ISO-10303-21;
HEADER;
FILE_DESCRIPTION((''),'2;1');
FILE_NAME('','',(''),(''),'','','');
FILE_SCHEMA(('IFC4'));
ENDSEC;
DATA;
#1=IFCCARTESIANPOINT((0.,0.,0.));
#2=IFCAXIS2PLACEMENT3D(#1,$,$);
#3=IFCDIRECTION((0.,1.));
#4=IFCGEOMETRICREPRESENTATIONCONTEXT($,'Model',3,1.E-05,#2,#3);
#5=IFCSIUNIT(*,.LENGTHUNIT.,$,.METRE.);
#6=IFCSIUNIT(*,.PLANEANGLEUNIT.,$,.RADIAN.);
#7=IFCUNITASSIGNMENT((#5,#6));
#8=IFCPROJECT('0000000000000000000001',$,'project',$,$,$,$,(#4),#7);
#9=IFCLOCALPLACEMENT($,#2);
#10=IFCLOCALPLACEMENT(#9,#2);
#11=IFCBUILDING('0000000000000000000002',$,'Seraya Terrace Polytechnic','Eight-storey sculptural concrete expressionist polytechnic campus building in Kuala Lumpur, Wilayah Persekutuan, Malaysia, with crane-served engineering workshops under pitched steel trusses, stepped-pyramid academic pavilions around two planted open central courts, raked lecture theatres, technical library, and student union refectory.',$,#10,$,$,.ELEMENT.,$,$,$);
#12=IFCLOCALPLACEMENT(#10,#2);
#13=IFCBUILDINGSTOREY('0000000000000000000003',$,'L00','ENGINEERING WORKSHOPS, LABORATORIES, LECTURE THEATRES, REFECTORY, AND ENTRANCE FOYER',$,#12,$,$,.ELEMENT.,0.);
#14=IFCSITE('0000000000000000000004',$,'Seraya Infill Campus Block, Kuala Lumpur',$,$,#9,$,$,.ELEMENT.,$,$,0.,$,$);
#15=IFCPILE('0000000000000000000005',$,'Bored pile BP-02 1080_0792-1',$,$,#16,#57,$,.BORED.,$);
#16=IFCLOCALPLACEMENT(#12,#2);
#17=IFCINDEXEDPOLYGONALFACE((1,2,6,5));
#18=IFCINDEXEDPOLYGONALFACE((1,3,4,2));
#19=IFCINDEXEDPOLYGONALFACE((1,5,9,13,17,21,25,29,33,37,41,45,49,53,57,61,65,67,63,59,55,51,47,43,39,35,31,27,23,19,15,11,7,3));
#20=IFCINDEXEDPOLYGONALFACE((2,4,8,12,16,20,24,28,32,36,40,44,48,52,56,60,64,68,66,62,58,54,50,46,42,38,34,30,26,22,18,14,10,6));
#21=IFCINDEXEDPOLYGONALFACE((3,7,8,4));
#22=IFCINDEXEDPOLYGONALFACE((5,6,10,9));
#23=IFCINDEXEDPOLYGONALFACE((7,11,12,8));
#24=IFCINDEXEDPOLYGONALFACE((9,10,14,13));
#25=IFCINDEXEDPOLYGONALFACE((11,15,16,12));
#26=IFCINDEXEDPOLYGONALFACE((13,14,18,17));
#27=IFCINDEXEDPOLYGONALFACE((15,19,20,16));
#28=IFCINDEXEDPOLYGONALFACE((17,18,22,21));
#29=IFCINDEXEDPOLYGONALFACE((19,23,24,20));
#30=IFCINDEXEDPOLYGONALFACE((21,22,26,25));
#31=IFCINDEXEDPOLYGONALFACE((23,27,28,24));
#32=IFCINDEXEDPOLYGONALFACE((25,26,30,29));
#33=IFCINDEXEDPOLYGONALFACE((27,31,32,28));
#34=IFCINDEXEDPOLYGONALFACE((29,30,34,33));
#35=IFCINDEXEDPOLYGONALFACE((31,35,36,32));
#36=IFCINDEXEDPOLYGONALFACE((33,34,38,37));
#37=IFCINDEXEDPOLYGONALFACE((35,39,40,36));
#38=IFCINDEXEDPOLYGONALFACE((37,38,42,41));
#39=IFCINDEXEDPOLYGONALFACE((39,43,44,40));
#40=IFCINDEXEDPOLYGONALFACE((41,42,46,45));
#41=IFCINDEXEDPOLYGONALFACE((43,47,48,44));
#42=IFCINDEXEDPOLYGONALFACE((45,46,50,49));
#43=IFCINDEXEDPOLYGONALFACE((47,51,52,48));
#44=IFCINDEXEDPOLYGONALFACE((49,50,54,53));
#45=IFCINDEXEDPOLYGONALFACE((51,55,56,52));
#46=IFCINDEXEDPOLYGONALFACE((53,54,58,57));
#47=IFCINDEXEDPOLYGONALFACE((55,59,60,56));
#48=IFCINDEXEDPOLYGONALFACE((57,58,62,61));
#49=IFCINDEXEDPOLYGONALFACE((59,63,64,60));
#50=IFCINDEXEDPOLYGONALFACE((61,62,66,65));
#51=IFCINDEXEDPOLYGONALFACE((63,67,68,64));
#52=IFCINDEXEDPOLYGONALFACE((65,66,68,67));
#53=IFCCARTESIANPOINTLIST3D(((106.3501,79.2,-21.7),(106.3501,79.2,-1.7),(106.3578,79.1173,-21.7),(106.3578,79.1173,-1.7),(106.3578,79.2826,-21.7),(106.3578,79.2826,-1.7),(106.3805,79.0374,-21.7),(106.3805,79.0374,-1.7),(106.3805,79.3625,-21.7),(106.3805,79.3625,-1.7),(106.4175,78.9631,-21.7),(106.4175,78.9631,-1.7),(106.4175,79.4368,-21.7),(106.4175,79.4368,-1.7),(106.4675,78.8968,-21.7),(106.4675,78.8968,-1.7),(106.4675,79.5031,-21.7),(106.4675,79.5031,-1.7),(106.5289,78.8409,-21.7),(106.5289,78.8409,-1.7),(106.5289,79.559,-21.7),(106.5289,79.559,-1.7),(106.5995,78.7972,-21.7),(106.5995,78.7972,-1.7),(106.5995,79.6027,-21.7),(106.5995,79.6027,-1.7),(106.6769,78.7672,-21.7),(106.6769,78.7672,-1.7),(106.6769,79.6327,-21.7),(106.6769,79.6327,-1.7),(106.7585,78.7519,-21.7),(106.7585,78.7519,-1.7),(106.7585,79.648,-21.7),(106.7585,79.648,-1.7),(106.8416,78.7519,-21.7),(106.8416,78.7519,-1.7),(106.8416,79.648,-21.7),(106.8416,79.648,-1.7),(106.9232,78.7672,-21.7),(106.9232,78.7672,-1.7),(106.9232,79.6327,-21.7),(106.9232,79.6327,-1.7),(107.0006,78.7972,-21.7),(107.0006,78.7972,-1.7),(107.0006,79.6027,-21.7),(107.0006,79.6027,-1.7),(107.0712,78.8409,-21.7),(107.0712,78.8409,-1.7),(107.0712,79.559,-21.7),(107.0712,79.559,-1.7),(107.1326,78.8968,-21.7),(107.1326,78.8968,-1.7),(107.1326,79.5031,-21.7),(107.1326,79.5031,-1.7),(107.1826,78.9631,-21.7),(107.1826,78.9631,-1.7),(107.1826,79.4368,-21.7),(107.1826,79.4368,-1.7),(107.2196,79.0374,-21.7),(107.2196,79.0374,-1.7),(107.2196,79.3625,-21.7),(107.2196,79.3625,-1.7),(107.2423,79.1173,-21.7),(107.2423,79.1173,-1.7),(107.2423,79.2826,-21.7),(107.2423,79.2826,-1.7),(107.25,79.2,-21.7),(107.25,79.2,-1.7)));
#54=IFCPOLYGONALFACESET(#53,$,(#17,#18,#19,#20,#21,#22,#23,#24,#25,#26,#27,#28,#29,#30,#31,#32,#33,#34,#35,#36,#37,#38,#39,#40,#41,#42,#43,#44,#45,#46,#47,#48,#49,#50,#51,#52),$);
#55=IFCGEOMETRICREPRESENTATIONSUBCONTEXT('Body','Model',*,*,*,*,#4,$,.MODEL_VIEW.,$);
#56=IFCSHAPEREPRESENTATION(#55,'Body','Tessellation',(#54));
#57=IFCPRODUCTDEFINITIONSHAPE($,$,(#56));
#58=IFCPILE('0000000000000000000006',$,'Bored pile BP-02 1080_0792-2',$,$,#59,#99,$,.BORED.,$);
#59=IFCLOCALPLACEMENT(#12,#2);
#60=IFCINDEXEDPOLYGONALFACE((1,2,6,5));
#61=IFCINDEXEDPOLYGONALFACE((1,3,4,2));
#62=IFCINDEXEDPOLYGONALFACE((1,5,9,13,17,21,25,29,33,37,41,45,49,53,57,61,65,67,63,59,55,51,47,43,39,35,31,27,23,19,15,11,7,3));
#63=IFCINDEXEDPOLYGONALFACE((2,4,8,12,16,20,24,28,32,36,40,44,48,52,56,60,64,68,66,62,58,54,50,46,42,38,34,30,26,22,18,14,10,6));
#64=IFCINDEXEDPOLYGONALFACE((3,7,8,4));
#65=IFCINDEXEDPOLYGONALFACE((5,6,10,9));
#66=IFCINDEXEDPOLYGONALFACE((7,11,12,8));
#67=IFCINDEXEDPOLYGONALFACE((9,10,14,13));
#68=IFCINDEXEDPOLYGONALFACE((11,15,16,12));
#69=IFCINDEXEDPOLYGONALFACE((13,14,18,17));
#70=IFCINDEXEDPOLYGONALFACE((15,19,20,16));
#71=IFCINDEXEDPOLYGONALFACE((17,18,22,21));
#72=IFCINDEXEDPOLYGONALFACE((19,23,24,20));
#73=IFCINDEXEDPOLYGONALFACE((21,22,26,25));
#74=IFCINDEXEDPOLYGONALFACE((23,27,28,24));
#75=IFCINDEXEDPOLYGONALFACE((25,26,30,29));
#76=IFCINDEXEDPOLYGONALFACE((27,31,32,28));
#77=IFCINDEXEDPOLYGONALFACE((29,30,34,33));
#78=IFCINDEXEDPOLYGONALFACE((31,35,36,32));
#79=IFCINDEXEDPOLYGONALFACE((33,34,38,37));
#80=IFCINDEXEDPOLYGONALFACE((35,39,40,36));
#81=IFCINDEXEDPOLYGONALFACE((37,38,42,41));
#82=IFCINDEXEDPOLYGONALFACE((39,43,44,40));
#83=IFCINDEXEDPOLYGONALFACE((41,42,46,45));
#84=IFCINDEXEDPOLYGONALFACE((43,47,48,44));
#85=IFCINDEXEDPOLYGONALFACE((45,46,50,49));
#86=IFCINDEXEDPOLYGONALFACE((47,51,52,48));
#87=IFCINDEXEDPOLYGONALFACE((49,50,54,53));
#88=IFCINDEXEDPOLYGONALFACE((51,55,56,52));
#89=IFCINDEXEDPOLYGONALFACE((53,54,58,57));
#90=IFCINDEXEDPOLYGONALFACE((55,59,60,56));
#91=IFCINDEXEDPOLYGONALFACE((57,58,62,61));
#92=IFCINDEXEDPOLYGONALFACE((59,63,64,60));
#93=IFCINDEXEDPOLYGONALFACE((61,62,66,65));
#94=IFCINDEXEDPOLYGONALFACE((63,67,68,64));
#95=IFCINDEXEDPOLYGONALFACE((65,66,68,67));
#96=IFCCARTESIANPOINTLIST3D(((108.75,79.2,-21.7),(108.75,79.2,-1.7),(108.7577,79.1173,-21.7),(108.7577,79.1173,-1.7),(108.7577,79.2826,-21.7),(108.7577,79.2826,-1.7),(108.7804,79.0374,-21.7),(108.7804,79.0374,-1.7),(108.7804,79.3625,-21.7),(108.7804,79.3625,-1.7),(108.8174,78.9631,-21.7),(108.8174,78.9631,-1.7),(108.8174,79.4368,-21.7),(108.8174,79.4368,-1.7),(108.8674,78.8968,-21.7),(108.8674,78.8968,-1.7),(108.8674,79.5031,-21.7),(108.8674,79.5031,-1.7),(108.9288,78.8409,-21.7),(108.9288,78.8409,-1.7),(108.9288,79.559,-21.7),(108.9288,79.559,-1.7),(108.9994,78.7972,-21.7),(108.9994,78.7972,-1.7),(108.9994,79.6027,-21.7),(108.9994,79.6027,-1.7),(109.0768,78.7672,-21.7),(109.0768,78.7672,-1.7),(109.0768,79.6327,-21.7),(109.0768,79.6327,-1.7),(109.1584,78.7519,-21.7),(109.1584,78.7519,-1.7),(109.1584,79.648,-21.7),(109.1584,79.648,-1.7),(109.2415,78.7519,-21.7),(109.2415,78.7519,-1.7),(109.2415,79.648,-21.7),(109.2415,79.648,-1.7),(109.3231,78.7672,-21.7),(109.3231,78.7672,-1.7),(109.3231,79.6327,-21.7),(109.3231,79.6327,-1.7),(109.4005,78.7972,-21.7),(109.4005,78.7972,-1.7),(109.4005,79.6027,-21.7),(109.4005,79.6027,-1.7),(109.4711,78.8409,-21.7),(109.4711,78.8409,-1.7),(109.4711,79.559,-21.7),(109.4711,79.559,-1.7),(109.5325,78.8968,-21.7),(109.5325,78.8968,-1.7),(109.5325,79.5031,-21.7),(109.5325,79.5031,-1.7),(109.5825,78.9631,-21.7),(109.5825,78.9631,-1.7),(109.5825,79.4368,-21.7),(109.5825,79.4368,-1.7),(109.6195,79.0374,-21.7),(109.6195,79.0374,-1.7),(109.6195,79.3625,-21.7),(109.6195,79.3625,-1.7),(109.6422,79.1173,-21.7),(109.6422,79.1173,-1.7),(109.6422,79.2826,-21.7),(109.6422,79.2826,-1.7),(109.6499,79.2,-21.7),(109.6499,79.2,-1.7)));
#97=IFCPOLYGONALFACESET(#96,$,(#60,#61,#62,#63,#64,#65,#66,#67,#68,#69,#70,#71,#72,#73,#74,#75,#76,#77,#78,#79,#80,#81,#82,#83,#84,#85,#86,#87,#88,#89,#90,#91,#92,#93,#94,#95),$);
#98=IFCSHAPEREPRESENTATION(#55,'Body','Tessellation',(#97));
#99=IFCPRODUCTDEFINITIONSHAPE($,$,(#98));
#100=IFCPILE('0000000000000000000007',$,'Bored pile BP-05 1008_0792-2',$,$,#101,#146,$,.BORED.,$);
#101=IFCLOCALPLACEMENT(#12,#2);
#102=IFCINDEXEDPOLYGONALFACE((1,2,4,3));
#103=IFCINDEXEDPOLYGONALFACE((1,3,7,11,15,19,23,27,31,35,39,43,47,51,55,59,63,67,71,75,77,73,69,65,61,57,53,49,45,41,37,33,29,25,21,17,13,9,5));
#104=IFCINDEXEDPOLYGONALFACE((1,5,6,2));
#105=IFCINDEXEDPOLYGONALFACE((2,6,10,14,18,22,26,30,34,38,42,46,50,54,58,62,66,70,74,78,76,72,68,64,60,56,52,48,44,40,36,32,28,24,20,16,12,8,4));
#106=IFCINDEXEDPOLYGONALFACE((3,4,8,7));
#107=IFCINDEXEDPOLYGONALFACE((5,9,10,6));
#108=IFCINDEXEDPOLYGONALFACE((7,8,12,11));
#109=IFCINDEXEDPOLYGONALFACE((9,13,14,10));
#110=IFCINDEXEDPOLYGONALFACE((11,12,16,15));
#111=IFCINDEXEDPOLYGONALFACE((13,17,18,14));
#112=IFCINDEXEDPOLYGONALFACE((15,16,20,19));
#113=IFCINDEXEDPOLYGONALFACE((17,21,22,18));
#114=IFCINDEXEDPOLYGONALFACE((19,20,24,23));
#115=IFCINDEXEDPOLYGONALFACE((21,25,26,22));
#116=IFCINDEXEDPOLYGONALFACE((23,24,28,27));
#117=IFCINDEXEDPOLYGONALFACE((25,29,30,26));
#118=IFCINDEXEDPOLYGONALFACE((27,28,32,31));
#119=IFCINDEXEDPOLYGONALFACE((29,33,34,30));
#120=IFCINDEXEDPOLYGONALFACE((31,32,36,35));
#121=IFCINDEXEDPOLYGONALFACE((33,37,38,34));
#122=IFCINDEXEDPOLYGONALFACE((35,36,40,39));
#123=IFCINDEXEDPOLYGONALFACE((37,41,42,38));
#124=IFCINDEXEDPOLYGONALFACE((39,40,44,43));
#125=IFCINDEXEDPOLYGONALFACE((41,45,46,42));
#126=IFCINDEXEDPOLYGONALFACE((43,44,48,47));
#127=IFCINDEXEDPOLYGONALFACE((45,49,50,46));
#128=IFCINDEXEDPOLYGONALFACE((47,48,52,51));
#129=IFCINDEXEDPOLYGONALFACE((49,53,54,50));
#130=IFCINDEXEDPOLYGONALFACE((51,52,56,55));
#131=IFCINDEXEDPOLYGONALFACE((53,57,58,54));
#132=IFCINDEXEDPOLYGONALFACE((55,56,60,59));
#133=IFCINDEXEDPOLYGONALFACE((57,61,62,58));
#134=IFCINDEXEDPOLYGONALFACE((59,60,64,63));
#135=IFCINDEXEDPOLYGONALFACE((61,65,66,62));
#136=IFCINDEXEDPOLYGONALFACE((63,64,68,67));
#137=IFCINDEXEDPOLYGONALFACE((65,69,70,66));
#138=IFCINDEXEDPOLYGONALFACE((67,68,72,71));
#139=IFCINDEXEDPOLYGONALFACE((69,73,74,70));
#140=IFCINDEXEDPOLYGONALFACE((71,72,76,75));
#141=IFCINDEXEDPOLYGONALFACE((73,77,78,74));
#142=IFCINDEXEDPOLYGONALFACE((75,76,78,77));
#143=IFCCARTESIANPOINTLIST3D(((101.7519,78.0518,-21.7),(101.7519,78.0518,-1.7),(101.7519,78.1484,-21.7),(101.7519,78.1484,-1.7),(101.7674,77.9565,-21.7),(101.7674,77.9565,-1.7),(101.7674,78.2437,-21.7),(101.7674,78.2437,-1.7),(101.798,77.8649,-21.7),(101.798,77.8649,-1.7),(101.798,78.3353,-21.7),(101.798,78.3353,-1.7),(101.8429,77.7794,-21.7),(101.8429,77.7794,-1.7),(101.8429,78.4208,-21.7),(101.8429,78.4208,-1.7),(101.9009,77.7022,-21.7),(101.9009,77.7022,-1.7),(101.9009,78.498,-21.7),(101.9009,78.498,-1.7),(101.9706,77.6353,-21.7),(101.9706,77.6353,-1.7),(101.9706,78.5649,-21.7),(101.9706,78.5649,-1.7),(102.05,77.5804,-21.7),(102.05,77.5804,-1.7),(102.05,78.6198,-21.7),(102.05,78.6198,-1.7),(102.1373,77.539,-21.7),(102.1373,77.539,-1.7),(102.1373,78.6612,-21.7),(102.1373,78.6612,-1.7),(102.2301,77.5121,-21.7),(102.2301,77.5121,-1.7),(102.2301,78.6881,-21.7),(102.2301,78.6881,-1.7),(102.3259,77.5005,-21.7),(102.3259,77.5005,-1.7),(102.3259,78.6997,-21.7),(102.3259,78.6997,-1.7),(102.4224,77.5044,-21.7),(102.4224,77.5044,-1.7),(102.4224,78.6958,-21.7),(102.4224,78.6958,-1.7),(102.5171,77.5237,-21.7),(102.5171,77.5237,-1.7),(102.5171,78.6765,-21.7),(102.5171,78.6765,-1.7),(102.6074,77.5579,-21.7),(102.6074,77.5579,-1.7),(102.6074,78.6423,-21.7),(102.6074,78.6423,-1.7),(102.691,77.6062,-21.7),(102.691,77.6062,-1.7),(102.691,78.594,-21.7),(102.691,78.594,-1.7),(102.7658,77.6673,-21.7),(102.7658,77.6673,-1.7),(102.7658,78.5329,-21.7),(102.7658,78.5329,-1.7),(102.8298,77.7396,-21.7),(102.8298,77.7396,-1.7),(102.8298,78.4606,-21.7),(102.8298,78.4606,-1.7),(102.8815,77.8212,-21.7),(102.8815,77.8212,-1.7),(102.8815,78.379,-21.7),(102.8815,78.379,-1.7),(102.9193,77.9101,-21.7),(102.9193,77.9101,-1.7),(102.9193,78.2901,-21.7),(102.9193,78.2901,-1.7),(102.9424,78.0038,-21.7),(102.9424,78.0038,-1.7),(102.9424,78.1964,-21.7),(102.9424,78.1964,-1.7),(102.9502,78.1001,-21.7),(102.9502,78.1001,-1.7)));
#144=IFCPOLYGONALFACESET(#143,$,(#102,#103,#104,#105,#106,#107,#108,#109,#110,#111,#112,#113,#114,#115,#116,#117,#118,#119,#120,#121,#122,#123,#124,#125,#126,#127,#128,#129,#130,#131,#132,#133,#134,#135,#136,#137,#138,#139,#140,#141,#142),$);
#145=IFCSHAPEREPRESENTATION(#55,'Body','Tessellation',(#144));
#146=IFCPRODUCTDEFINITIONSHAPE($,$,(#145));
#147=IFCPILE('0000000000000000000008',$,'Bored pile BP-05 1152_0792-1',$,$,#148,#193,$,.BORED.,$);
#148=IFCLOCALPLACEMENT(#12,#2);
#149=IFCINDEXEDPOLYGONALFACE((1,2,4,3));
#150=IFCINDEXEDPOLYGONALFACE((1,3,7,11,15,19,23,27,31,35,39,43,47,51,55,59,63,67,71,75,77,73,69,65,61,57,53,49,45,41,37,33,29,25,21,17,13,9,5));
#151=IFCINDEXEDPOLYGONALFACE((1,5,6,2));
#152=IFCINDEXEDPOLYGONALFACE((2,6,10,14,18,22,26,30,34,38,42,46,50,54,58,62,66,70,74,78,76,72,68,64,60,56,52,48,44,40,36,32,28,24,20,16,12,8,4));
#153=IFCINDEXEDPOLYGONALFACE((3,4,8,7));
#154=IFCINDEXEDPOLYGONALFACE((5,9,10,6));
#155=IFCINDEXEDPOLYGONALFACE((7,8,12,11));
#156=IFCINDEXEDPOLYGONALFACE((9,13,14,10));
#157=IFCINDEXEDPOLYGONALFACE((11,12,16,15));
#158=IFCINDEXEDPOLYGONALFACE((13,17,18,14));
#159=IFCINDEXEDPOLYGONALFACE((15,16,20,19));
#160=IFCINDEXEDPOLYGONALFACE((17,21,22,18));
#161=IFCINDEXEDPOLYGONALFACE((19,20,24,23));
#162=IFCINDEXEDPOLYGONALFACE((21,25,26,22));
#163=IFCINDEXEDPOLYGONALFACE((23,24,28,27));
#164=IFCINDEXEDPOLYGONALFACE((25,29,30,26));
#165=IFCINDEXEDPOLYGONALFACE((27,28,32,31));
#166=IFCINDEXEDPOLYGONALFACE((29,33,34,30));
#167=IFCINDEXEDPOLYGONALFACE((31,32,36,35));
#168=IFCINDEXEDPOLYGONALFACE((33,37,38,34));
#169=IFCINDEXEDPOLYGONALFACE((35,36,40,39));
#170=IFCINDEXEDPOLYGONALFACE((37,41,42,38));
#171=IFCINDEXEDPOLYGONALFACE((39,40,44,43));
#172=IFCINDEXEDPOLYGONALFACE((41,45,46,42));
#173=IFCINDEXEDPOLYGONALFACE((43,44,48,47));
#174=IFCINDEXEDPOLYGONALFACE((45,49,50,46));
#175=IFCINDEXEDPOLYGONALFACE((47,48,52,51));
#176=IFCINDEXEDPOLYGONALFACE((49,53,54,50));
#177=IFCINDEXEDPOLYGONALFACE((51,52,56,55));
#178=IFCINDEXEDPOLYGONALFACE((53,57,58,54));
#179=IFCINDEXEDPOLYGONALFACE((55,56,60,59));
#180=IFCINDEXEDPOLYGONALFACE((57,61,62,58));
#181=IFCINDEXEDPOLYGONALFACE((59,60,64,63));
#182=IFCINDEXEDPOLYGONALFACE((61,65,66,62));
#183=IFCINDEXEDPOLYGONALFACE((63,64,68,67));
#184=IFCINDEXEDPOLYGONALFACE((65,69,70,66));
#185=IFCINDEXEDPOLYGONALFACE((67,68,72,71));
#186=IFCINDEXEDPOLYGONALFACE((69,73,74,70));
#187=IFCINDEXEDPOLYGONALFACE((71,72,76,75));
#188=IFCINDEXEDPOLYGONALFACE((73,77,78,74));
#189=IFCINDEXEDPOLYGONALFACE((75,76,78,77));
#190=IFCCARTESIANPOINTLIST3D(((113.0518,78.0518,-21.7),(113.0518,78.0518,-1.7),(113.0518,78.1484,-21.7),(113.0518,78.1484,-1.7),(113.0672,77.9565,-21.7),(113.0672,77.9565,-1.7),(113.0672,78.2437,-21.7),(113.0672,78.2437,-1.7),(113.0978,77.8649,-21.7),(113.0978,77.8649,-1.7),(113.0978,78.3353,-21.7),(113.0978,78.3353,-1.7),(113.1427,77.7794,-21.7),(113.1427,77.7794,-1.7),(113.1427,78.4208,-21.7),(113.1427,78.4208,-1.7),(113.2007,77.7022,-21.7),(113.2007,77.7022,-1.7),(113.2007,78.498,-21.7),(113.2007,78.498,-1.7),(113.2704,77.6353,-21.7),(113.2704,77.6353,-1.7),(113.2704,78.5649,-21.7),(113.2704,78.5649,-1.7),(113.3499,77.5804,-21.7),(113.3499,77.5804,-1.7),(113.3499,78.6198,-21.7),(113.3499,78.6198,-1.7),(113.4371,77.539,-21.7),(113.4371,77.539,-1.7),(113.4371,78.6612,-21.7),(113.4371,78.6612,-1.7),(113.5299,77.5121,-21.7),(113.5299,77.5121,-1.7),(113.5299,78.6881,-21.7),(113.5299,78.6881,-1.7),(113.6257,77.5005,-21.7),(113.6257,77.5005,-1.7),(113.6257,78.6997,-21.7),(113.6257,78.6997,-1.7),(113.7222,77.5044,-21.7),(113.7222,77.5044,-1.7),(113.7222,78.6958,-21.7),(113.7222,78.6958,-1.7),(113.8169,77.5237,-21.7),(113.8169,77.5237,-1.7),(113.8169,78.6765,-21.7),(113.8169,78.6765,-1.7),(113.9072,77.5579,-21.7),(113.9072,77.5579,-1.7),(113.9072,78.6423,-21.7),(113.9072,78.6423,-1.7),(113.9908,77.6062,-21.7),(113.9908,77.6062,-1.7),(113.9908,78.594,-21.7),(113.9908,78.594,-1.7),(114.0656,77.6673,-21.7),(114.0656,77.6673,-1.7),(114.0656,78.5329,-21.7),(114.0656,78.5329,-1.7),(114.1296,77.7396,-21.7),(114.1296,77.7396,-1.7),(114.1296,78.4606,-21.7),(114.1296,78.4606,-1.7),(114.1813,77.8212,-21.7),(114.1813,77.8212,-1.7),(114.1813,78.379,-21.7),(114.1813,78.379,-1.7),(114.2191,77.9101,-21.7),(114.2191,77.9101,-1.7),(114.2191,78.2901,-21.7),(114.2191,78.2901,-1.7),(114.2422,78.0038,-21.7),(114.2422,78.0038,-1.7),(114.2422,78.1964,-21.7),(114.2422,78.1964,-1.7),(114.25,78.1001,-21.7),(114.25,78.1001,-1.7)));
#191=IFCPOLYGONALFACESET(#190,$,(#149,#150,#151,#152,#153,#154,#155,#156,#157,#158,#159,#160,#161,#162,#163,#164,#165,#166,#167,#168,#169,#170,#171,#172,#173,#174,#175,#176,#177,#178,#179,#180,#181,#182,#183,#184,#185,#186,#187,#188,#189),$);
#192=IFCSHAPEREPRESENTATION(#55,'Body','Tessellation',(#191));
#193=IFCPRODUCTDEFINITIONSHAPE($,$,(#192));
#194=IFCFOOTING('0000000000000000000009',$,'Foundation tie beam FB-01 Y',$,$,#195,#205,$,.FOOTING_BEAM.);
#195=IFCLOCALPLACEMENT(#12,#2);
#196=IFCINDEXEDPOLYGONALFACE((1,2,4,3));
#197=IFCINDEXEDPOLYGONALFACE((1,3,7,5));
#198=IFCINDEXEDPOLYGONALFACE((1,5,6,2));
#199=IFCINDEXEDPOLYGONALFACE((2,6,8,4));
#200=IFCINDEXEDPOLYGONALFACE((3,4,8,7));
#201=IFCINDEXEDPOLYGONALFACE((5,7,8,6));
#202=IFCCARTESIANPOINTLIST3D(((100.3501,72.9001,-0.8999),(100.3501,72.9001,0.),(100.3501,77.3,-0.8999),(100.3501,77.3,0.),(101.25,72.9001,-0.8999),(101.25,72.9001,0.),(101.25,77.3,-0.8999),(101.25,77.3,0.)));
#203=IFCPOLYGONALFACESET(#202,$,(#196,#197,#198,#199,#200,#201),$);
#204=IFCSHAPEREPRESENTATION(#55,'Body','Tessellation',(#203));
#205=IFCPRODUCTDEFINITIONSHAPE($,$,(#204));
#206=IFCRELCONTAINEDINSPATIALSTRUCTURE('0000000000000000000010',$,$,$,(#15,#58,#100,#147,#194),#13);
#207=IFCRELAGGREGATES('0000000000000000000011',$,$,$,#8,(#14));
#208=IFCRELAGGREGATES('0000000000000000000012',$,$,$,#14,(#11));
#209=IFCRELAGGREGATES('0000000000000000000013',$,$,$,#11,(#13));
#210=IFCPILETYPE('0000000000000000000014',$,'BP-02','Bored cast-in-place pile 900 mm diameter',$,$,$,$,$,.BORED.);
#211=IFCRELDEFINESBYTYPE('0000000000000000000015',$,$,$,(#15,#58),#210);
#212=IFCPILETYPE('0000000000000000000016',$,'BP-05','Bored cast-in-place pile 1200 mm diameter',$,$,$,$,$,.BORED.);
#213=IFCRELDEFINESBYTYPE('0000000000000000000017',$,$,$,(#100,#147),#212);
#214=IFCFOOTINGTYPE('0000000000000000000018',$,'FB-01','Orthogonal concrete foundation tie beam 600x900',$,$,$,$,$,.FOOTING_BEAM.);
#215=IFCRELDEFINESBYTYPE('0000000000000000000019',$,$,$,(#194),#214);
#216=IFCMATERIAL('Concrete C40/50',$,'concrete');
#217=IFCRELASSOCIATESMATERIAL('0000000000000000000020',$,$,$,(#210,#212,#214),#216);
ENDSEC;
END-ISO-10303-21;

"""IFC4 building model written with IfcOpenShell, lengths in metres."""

from ifc_helpers import new_model, si_unit, direction, frame, origin, origin_2d, place, context, subcontext, project, spatial, rectangle, circle, extrude, material, material_profile, profile_set, type_object, element, save


model = new_model("IFC4")

# Units and contexts
model_context = context("Model", 3, precision=1e-05, world=origin(), true_north=direction((0.0, 1.0)))
body_context = subcontext(model_context, "Body", "Model", "MODEL_VIEW")
ifc_project = project(units=[si_unit("LENGTHUNIT", "METRE"), si_unit("PLANEANGLEUNIT", "RADIAN")], contexts=[model_context])

# Site, building, storey
site_placement = place(None, origin())
site = spatial("IfcSite", under=ifc_project, at=site_placement, Name="Seraya Infill Campus Block, Kuala Lumpur", CompositionType="ELEMENT", RefElevation=0.0)
building_placement = place(site_placement, origin())
building = spatial("IfcBuilding", under=site, at=building_placement, Name="Seraya Terrace Polytechnic", Description="Eight-storey sculptural concrete expressionist polytechnic campus building in Kuala Lumpur, Wilayah Persekutuan, Malaysia, with crane-served engineering workshops under pitched steel trusses, stepped-pyramid academic pavilions around two planted open central courts, raked lecture theatres, technical library, and student union refectory.", CompositionType="ELEMENT")
storey_placement = place(building_placement, origin())
storey = spatial("IfcBuildingStorey", under=building, at=storey_placement, Name="L00", Description="ENGINEERING WORKSHOPS, LABORATORIES, LECTURE THEATRES, REFECTORY, AND ENTRANCE FOYER", CompositionType="ELEMENT", Elevation=0.0)

# Piles
ifc_material_1 = material(Name="Concrete C40/50", Category="concrete")
ifc_material_profile_1 = material_profile(ifc_material_1, circle(Radius=0.45, at=origin_2d()), Name="DIA 900")
ifc_profile_set_1 = profile_set([ifc_material_profile_1], Name="Concrete C40/50")
pile_type_1 = type_object("IfcPileType", Name="BP-02", Description="Bored cast-in-place pile 900 mm diameter", PredefinedType="BORED", material=ifc_profile_set_1)
for number, where, z_axis, x_axis, name in (
    (1, (106.8, 79.2, -1.7), (0.0, 0.0, -1.0), (1.0, 0.0, 0.0), "Bored pile BP-02 1080_0792-1"),
    (2, (109.2, 79.2, -1.7), (0.0, 0.0, -1.0), (1.0, 0.0, 0.0), "Bored pile BP-02 1080_0792-2"),
):
    element("IfcPile", number, at=place(storey_placement, frame(where, z_axis=z_axis, x_axis=x_axis)), inside=storey, type_object=pile_type_1, Name=name, PredefinedType="BORED", context=body_context, shape_type="SweptSolid", body=[
        extrude(circle(Radius=0.45, at=origin_2d()), origin(), (0.0, 0.0, 1.0), 20.0),
    ])
ifc_material_profile_2 = material_profile(ifc_material_1, circle(Radius=0.6001, at=origin_2d()), Name="DIA 1200")
ifc_profile_set_2 = profile_set([ifc_material_profile_2], Name="Concrete C40/50")
pile_type_2 = type_object("IfcPileType", Name="BP-05", Description="Bored cast-in-place pile 1200 mm diameter", PredefinedType="BORED", material=ifc_profile_set_2)
for number, where, z_axis, x_axis, name in (
    (3, (102.3501, 78.1001, -1.7), (0.0, 0.0, -1.0), (1.0, 0.0, 0.0), "Bored pile BP-05 1008_0792-2"),
    (4, (113.6499, 78.1001, -1.7), (0.0, 0.0, -1.0), (1.0, 0.0, 0.0), "Bored pile BP-05 1152_0792-1"),
):
    element("IfcPile", number, at=place(storey_placement, frame(where, z_axis=z_axis, x_axis=x_axis)), inside=storey, type_object=pile_type_2, Name=name, PredefinedType="BORED", context=body_context, shape_type="SweptSolid", body=[
        extrude(circle(Radius=0.6001, at=origin_2d()), origin(), (0.0, 0.0, 1.0), 20.0),
    ])

# Footing
footing_type_1 = type_object("IfcFootingType", Name="FB-01", Description="Orthogonal concrete foundation tie beam 600x900", PredefinedType="FOOTING_BEAM", material=ifc_material_1)
footing_1_placement = place(storey_placement, frame((100.8, 75.1001, -0.8999), z_axis=(0.0, 0.0, 1.0), x_axis=(0.0, 1.0, 0.0)))
element("IfcFooting", 5, at=footing_1_placement, inside=storey, type_object=footing_type_1, Name="Foundation tie beam FB-01 Y", PredefinedType="FOOTING_BEAM", context=body_context, shape_type="SweptSolid", body=[
    extrude(rectangle(XDim=4.3999, YDim=0.8999, at=origin_2d()), origin(), (0.0, 0.0, 1.0), 0.8999),
])

save(model, "model.ifc")
